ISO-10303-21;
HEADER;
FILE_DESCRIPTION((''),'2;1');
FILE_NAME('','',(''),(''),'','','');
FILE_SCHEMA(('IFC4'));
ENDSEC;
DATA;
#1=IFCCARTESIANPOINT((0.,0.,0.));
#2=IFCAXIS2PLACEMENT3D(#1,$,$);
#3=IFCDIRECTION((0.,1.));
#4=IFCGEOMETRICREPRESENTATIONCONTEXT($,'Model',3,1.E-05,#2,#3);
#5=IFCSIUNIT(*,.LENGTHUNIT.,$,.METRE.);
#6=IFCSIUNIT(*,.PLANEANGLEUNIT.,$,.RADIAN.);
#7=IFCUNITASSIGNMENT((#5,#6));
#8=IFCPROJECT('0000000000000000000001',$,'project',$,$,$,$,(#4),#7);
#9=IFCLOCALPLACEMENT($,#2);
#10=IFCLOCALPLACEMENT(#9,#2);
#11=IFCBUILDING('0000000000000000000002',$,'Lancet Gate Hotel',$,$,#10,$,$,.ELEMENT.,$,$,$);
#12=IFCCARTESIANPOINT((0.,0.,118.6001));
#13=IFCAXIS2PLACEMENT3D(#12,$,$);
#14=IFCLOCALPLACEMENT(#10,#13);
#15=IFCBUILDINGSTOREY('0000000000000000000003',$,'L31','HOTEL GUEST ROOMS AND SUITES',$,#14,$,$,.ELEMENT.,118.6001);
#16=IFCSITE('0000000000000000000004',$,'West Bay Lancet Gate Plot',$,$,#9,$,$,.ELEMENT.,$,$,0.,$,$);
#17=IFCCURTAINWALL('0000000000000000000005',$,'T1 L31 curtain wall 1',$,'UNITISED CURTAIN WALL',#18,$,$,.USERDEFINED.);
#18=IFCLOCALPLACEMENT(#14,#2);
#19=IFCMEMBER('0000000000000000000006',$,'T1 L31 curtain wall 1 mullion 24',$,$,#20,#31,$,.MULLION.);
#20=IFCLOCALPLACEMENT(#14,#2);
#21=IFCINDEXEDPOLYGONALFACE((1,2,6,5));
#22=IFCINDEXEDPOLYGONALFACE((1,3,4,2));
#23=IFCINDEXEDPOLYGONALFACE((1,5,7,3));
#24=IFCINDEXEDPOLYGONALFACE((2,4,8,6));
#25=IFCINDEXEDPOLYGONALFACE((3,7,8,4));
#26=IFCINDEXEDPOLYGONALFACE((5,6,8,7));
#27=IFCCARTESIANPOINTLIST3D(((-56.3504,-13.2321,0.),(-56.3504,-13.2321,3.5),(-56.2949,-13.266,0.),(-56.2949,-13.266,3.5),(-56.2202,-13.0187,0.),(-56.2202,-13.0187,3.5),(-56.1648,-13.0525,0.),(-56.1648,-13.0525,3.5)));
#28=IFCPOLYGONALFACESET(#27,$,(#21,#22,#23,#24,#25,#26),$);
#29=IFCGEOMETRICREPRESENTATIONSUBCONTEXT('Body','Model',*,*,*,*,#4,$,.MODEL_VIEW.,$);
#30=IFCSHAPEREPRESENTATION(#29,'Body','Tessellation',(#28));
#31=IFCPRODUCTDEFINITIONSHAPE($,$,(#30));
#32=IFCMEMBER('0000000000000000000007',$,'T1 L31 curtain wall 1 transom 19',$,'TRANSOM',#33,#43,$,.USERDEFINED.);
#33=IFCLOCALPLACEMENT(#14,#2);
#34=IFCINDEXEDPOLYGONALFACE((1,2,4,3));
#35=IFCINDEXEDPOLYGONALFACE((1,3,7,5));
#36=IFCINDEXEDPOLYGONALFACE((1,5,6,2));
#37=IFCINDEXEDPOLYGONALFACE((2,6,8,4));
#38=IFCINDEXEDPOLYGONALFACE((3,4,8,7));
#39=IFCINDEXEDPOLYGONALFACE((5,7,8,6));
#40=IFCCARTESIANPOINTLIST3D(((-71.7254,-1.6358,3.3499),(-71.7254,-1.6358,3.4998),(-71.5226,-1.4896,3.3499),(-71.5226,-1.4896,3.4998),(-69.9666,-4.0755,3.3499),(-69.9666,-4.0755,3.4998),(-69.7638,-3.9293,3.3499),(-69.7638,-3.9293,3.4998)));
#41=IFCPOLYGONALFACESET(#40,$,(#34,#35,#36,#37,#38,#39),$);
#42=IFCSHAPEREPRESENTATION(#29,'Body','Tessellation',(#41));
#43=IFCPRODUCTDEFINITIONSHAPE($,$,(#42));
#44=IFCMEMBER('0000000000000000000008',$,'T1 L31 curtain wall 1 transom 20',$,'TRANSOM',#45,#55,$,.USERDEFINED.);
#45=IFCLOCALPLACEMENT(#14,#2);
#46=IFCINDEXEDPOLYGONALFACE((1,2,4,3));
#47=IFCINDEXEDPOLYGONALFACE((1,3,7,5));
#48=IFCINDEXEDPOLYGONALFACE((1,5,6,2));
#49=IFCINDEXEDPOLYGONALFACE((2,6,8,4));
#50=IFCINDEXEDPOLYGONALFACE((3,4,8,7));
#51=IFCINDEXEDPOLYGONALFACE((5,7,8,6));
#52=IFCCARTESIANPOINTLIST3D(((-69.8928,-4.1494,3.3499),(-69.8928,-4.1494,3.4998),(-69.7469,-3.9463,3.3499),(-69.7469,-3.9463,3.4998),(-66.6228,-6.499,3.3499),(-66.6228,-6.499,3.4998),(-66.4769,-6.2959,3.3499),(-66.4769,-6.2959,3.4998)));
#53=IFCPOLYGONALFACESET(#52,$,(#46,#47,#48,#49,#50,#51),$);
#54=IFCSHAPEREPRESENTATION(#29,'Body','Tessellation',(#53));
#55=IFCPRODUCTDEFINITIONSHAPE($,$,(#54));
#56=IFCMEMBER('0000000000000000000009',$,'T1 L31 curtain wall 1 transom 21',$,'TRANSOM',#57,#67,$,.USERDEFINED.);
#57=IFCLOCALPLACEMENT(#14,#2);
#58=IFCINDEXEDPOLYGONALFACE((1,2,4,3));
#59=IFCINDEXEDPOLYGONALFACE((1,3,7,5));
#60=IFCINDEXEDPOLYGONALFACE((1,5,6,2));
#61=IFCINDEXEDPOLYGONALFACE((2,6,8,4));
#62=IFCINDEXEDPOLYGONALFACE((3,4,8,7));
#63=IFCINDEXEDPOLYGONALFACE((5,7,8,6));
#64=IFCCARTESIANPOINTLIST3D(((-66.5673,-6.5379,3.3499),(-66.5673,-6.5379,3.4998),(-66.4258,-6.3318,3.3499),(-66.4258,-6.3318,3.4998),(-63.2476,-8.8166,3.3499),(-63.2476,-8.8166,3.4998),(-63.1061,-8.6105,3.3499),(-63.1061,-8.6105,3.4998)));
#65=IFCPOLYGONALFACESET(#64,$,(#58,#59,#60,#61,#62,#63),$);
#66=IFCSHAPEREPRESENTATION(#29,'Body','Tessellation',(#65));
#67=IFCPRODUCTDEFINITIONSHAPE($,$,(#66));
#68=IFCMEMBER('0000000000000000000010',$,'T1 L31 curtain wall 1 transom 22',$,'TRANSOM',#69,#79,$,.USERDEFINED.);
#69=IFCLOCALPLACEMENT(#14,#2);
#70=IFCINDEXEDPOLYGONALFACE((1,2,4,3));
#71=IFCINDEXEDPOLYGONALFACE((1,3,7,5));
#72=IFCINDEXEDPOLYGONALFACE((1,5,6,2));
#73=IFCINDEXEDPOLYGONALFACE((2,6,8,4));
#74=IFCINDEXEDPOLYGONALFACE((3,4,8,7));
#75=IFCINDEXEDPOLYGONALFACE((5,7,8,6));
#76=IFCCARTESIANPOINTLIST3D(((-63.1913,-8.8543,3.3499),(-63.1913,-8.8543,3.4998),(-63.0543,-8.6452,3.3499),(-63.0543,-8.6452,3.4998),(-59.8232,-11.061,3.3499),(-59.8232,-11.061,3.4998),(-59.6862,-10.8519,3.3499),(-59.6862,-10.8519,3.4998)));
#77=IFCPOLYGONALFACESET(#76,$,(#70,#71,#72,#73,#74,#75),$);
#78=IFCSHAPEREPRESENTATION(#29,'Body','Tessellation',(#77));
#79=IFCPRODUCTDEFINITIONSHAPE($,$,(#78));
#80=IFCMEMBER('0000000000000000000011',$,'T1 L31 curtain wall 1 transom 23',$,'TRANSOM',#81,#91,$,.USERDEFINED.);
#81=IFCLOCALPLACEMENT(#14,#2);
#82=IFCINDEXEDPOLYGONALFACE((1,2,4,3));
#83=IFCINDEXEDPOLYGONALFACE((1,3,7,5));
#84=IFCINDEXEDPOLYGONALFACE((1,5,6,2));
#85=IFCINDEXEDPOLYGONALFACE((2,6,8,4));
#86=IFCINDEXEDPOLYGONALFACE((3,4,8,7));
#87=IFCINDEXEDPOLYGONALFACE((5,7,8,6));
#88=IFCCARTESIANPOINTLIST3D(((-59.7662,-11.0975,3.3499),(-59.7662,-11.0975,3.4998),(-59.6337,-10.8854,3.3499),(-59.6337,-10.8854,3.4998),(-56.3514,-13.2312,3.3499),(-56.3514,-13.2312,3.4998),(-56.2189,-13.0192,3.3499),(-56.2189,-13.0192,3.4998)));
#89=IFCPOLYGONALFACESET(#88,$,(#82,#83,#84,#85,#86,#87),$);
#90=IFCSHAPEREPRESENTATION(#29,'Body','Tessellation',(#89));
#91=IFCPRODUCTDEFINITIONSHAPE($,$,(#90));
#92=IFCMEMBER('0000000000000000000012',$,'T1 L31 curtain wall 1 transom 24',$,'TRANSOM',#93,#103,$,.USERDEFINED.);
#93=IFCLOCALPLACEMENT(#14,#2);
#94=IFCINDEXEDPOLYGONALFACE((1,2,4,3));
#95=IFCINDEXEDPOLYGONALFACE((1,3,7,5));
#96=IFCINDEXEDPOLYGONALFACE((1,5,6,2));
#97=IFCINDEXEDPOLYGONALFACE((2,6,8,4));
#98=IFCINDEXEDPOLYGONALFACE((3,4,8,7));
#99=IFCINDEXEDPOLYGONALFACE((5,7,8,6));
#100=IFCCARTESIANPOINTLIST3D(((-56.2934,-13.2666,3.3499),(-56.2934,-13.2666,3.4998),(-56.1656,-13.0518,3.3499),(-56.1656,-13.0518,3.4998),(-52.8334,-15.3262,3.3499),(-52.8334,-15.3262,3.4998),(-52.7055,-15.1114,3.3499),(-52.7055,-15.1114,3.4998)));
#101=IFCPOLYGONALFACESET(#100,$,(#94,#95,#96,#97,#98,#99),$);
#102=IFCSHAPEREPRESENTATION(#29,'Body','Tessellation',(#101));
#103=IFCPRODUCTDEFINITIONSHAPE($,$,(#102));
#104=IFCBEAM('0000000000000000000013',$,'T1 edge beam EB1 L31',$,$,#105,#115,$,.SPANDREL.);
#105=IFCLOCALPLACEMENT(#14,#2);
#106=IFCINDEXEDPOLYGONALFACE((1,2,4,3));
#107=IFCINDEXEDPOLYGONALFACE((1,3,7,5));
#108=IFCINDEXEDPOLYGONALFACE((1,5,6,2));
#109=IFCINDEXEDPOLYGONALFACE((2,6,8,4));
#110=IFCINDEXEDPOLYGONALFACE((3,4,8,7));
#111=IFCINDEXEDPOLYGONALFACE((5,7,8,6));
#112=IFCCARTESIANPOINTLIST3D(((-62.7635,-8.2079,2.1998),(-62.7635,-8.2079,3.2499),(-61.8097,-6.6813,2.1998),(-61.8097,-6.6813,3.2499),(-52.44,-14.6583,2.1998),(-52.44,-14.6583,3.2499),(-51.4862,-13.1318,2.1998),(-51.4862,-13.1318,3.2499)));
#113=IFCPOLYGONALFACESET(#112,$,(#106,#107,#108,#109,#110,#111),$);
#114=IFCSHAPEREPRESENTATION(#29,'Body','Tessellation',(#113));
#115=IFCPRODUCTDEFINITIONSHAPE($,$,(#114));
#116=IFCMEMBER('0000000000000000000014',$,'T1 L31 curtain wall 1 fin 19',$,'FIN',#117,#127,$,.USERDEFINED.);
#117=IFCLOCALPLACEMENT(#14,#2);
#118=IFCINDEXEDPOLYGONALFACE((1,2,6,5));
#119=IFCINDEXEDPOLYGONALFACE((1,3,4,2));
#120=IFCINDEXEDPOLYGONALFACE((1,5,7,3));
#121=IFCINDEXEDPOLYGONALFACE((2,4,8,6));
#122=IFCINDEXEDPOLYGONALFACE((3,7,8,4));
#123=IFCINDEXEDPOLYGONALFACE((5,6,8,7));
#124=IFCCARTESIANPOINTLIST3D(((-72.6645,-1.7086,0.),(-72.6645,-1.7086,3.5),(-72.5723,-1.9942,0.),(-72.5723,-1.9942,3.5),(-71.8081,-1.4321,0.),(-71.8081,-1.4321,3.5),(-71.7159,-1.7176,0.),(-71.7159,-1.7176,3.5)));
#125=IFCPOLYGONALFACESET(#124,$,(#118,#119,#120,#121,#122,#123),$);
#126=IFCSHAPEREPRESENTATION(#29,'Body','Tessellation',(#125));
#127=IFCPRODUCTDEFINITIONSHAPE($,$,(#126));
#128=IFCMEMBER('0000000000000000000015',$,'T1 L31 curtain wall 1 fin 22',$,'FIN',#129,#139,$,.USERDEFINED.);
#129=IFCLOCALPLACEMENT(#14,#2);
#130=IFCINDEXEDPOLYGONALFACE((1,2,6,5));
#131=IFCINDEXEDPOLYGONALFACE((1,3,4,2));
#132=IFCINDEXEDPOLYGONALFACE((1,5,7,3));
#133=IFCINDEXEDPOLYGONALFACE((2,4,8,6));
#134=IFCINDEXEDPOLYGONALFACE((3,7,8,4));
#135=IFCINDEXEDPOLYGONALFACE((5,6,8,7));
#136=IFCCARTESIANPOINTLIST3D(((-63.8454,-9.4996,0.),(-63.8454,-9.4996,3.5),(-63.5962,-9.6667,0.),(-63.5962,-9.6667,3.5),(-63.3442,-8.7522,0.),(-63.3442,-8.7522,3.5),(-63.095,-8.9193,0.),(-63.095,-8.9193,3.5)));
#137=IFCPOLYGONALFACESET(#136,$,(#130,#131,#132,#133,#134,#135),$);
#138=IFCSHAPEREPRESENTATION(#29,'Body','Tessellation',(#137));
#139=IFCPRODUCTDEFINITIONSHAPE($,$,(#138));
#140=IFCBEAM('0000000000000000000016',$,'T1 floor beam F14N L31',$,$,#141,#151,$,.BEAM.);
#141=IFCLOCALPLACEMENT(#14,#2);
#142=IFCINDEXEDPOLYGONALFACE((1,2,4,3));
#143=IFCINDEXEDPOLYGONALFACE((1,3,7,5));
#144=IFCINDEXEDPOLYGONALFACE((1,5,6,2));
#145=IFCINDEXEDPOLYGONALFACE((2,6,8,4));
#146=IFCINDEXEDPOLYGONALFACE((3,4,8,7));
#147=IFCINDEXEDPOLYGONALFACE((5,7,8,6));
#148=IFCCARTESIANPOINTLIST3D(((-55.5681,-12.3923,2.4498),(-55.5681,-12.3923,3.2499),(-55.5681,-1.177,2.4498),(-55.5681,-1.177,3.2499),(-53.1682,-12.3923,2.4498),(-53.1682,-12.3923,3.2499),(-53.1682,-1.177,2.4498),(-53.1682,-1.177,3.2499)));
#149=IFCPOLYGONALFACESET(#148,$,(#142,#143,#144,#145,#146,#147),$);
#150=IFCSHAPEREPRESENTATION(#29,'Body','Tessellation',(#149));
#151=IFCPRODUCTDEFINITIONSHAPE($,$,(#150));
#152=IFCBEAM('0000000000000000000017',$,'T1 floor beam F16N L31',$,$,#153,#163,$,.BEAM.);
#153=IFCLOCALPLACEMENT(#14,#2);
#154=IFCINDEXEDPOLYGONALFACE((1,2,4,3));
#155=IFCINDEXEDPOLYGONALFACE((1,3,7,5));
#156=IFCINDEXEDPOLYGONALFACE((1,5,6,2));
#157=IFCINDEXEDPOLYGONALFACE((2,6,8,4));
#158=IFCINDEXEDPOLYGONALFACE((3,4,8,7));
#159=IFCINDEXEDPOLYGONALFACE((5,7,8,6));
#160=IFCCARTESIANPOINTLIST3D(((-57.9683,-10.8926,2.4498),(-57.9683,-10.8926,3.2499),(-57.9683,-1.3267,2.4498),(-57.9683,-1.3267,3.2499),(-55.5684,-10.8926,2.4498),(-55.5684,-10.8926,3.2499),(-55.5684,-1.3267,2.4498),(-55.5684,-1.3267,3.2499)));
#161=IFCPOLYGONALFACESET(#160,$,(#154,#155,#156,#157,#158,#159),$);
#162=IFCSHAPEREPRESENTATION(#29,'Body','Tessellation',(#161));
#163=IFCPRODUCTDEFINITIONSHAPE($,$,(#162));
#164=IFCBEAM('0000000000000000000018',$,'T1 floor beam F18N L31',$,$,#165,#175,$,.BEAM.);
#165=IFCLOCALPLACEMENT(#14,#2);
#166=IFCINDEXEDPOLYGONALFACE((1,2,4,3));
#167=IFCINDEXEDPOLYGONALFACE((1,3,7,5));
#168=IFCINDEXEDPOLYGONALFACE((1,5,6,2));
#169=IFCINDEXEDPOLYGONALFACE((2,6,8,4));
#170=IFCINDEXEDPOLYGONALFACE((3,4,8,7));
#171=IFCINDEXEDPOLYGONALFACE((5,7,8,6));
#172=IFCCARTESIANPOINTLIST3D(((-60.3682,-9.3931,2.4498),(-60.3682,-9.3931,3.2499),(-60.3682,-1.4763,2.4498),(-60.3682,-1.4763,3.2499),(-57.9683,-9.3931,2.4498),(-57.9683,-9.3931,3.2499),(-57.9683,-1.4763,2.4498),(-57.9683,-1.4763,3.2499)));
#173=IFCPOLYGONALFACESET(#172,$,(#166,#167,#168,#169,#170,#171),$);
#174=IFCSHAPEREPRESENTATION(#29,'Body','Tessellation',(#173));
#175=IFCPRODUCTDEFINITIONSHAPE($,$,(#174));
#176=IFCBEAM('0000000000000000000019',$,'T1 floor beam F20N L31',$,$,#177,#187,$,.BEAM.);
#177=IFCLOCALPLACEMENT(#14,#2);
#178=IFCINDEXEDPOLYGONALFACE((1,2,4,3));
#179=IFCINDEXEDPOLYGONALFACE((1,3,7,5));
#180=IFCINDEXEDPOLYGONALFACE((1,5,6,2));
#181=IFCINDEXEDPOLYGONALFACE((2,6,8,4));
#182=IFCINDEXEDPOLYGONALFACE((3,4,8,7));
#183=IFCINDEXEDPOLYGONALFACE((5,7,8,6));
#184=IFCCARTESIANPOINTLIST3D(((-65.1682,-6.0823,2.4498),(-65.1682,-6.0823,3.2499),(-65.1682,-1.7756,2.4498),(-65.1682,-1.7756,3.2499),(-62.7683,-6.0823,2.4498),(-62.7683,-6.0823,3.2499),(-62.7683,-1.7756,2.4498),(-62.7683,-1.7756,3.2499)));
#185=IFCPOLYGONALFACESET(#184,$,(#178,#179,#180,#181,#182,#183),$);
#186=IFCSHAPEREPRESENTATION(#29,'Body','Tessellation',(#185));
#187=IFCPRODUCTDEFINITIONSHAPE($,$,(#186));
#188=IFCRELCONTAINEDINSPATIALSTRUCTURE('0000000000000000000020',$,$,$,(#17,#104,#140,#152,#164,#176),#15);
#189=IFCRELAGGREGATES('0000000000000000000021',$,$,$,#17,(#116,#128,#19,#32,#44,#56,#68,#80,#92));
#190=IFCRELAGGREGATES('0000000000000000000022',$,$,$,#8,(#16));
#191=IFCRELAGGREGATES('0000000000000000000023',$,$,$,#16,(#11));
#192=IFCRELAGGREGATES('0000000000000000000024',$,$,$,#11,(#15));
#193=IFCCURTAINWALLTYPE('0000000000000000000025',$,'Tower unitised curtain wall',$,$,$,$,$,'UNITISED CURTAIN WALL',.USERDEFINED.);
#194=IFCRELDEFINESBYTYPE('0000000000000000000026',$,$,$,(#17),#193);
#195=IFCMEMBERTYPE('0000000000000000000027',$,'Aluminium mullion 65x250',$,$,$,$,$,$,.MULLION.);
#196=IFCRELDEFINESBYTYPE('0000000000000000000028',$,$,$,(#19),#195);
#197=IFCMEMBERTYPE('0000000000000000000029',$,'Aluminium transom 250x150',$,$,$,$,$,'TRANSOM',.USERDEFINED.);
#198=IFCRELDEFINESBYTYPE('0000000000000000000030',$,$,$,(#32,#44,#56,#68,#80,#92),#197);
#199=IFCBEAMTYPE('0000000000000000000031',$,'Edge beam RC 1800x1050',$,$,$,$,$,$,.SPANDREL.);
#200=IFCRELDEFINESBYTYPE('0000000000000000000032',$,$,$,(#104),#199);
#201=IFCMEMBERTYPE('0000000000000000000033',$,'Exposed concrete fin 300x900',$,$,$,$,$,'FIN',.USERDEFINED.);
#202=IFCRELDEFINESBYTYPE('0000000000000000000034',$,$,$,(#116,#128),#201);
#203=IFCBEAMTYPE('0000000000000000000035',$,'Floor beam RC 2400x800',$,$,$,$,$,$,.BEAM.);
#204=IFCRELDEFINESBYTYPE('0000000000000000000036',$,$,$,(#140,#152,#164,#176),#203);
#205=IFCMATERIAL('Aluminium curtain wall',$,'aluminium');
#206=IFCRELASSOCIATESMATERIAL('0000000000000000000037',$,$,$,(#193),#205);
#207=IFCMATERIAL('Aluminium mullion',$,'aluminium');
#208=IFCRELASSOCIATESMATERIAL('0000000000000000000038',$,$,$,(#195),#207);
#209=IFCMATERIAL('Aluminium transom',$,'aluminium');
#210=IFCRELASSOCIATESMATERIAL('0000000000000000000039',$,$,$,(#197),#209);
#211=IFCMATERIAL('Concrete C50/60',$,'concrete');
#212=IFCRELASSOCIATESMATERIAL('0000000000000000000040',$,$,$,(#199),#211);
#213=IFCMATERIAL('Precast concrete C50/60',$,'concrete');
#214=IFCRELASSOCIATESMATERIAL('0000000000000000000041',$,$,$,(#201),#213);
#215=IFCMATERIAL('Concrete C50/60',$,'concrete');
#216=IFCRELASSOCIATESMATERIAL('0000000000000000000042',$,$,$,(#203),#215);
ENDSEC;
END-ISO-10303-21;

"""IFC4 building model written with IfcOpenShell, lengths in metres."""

from ifc_helpers import new_model, si_unit, direction, frame, origin, origin_2d, place, context, subcontext, project, spatial, rectangle, extrude, material, material_profile, profile_set, type_object, element, aggregate, save


model = new_model("IFC4")

# Units and contexts
model_context = context("Model", 3, precision=1e-05, world=origin(), true_north=direction((0.0, 1.0)))
body_context = subcontext(model_context, "Body", "Model", "MODEL_VIEW")
ifc_project = project(units=[si_unit("LENGTHUNIT", "METRE"), si_unit("PLANEANGLEUNIT", "RADIAN")], contexts=[model_context])

# Site, building, storey
site_placement = place(None, origin())
site = spatial("IfcSite", under=ifc_project, at=site_placement, Name="West Bay Lancet Gate Plot", CompositionType="ELEMENT", RefElevation=0.0)
building_placement = place(site_placement, origin())
building = spatial("IfcBuilding", under=site, at=building_placement, Name="Lancet Gate Hotel", CompositionType="ELEMENT")
storey_placement = place(building_placement, frame((0.0, 0.0, 118.6001)))
storey = spatial("IfcBuildingStorey", under=building, at=storey_placement, Name="L31", Description="HOTEL GUEST ROOMS AND SUITES", CompositionType="ELEMENT", Elevation=118.6001)

# Curtain wall, members
ifc_material_1 = material(Name="Aluminium curtain wall", Category="aluminium")
curtain_wall_type = type_object("IfcCurtainWallType", Name="Tower unitised curtain wall", ElementType="UNITISED CURTAIN WALL", PredefinedType="USERDEFINED", material=ifc_material_1)
curtain_wall_placement = place(storey_placement, origin())
curtain_wall = element("IfcCurtainWall", 1, at=curtain_wall_placement, inside=storey, type_object=curtain_wall_type, Name="T1 L31 curtain wall 1", ObjectType="UNITISED CURTAIN WALL", PredefinedType="USERDEFINED")
ifc_material_2 = material(Name="Aluminium mullion", Category="aluminium")
ifc_material_profile_1 = material_profile(ifc_material_2, rectangle(XDim=0.0649, YDim=0.25, at=origin_2d()), Name="MULLION 65x250")
ifc_profile_set_1 = profile_set([ifc_material_profile_1], Name="Aluminium mullion")
member_type_1 = type_object("IfcMemberType", Name="Aluminium mullion 65x250", PredefinedType="MULLION", material=ifc_profile_set_1)
member_1_placement = place(storey_placement, frame((-56.2576, -13.1423, 0.0), z_axis=(0.0, 0.0, 1.0), x_axis=(0.853716, -0.520739, 0.0)))
member_1 = element("IfcMember", 2, at=member_1_placement, type_object=member_type_1, Name="T1 L31 curtain wall 1 mullion 24", PredefinedType="MULLION", context=body_context, shape_type="SweptSolid", body=[
    extrude(rectangle(XDim=0.0649, YDim=0.25, at=origin_2d()), origin(), (0.0, 0.0, 1.0), 3.5),
])
ifc_material_3 = material(Name="Aluminium transom", Category="aluminium")
ifc_material_profile_2 = material_profile(ifc_material_3, rectangle(XDim=0.25, YDim=0.1499, at=origin_2d()), Name="TRANSOM 250x150")
ifc_profile_set_2 = profile_set([ifc_material_profile_2], Name="Aluminium transom")
member_type_2 = type_object("IfcMemberType", Name="Aluminium transom 250x150", ElementType="TRANSOM", PredefinedType="USERDEFINED", material=ifc_profile_set_2)
member_2_placement = place(storey_placement, frame((-71.624, -1.5627, 3.4248), z_axis=(0.584788, -0.811186, 0.0), x_axis=(0.811186, 0.584788, 0.0)))
member_2 = element("IfcMember", 3, at=member_2_placement, type_object=member_type_2, Name="T1 L31 curtain wall 1 transom 19", ObjectType="TRANSOM", PredefinedType="USERDEFINED", context=body_context, shape_type="SweptSolid", body=[
    extrude(rectangle(XDim=0.25, YDim=0.1499, at=origin_2d()), origin(), (0.0, 0.0, 1.0), 3.0076),
])
member_3_placement = place(storey_placement, frame((-69.8198, -4.0479, 3.4248), z_axis=(0.8121, -0.583519, 0.0), x_axis=(0.583519, 0.8121, 0.0)))
member_3 = element("IfcMember", 4, at=member_3_placement, type_object=member_type_2, Name="T1 L31 curtain wall 1 transom 20", ObjectType="TRANSOM", PredefinedType="USERDEFINED", context=body_context, shape_type="SweptSolid", body=[
    extrude(rectangle(XDim=0.25, YDim=0.1499, at=origin_2d()), origin(), (0.0, 0.0, 1.0), 4.0266),
])
member_4_placement = place(storey_placement, frame((-66.4966, -6.4348, 3.4248), z_axis=(0.824456, -0.565927, 0.0), x_axis=(0.565927, 0.824456, 0.0)))
member_4 = element("IfcMember", 5, at=member_4_placement, type_object=member_type_2, Name="T1 L31 curtain wall 1 transom 21", ObjectType="TRANSOM", PredefinedType="USERDEFINED", context=body_context, shape_type="SweptSolid", body=[
    extrude(rectangle(XDim=0.25, YDim=0.1499, at=origin_2d()), origin(), (0.0, 0.0, 1.0), 4.0266),
])
member_5_placement = place(storey_placement, frame((-63.1228, -8.7498, 3.4248), z_axis=(0.836454, -0.548036, 0.0), x_axis=(0.548036, 0.836454, 0.0)))
member_5 = element("IfcMember", 6, at=member_5_placement, type_object=member_type_2, Name="T1 L31 curtain wall 1 transom 22", ObjectType="TRANSOM", PredefinedType="USERDEFINED", context=body_context, shape_type="SweptSolid", body=[
    extrude(rectangle(XDim=0.25, YDim=0.1499, at=origin_2d()), origin(), (0.0, 0.0, 1.0), 4.0266),
])
member_6_placement = place(storey_placement, frame((-59.7, -10.9915, 3.4248), z_axis=(0.848049, -0.529917, 0.0), x_axis=(0.529917, 0.848049, 0.0)))
member_6 = element("IfcMember", 7, at=member_6_placement, type_object=member_type_2, Name="T1 L31 curtain wall 1 transom 23", ObjectType="TRANSOM", PredefinedType="USERDEFINED", context=body_context, shape_type="SweptSolid", body=[
    extrude(rectangle(XDim=0.25, YDim=0.1499, at=origin_2d()), origin(), (0.0, 0.0, 1.0), 4.0266),
])
member_7_placement = place(storey_placement, frame((-56.2295, -13.1592, 3.4248), z_axis=(0.859285, -0.511497, 0.0), x_axis=(0.511497, 0.859285, 0.0)))
member_7 = element("IfcMember", 8, at=member_7_placement, type_object=member_type_2, Name="T1 L31 curtain wall 1 transom 24", ObjectType="TRANSOM", PredefinedType="USERDEFINED", context=body_context, shape_type="SweptSolid", body=[
    extrude(rectangle(XDim=0.25, YDim=0.1499, at=origin_2d()), origin(), (0.0, 0.0, 1.0), 4.0266),
])

# Beam
ifc_material_4 = material(Name="Concrete C50/60", Category="concrete")
ifc_material_profile_3 = material_profile(ifc_material_4, rectangle(XDim=1.8, YDim=1.05, at=origin_2d()), Name="RC 1800x1050")
ifc_profile_set_3 = profile_set([ifc_material_profile_3], Name="Concrete C50/60")
beam_type_1 = type_object("IfcBeamType", Name="Edge beam RC 1800x1050", PredefinedType="SPANDREL", material=ifc_profile_set_3)
beam_1_placement = place(storey_placement, frame((-62.2866, -7.4446, 2.7249), z_axis=(0.848063, -0.529896, 0.0), x_axis=(0.529896, 0.848063, 0.0)))
element("IfcBeam", 9, at=beam_1_placement, inside=storey, type_object=beam_type_1, Name="T1 edge beam EB1 L31", PredefinedType="SPANDREL", context=body_context, shape_type="SweptSolid", body=[
    extrude(rectangle(XDim=1.8, YDim=1.05, at=origin_2d()), origin(), (0.0, 0.0, 1.0), 12.1731),
])

# Members
ifc_material_5 = material(Name="Precast concrete C50/60", Category="concrete")
ifc_material_profile_4 = material_profile(ifc_material_5, rectangle(XDim=0.3, YDim=0.8999, at=origin_2d()), Name="FIN 300x900")
ifc_profile_set_4 = profile_set([ifc_material_profile_4], Name="Precast concrete C50/60")
member_type_3 = type_object("IfcMemberType", Name="Exposed concrete fin 300x900", ElementType="FIN", PredefinedType="USERDEFINED", material=ifc_profile_set_4)
member_8_placement = place(storey_placement, frame((-72.1902, -1.7131, 0.0), z_axis=(0.0, 0.0, 1.0), x_axis=(0.307269, -0.951623, 0.0)))
member_8 = element("IfcMember", 10, at=member_8_placement, type_object=member_type_3, Name="T1 L31 curtain wall 1 fin 19", ObjectType="FIN", PredefinedType="USERDEFINED", context=body_context, shape_type="SweptSolid", body=[
    extrude(rectangle(XDim=0.3, YDim=0.8999, at=origin_2d()), origin(), (0.0, 0.0, 1.0), 3.5),
])
member_9_placement = place(storey_placement, frame((-63.4702, -9.2095, 0.0), z_axis=(0.0, 0.0, 1.0), x_axis=(0.83051, -0.557004, 0.0)))
member_9 = element("IfcMember", 11, at=member_9_placement, type_object=member_type_3, Name="T1 L31 curtain wall 1 fin 22", ObjectType="FIN", PredefinedType="USERDEFINED", context=body_context, shape_type="SweptSolid", body=[
    extrude(rectangle(XDim=0.3, YDim=0.8999, at=origin_2d()), origin(), (0.0, 0.0, 1.0), 3.5),
])

# Beams
ifc_material_6 = material(Name="Concrete C50/60", Category="concrete")
ifc_material_profile_5 = material_profile(ifc_material_6, rectangle(XDim=2.3999, YDim=0.8, at=origin_2d()), Name="RC 2400x800")
ifc_profile_set_5 = profile_set([ifc_material_profile_5], Name="Concrete C50/60")
beam_type_2 = type_object("IfcBeamType", Name="Floor beam RC 2400x800", PredefinedType="BEAM", material=ifc_profile_set_5)
beam_2_placement = place(storey_placement, frame((-54.3682, -1.177, 2.8499), z_axis=(0.0, -1.0, 0.0), x_axis=(1.0, 0.0, 0.0)))
element("IfcBeam", 12, at=beam_2_placement, inside=storey, type_object=beam_type_2, Name="T1 floor beam F14N L31", PredefinedType="BEAM", context=body_context, shape_type="SweptSolid", body=[
    extrude(rectangle(XDim=2.3999, YDim=0.8, at=origin_2d()), origin(), (0.0, 0.0, 1.0), 11.2153),
])
beam_3_placement = place(storey_placement, frame((-56.7683, -1.3267, 2.8499), z_axis=(0.0, -1.0, 0.0), x_axis=(1.0, 0.0, 0.0)))
element("IfcBeam", 13, at=beam_3_placement, inside=storey, type_object=beam_type_2, Name="T1 floor beam F16N L31", PredefinedType="BEAM", context=body_context, shape_type="SweptSolid", body=[
    extrude(rectangle(XDim=2.3999, YDim=0.8, at=origin_2d()), origin(), (0.0, 0.0, 1.0), 9.5659),
])
beam_4_placement = place(storey_placement, frame((-59.1682, -1.4763, 2.8499), z_axis=(0.0, -1.0, 0.0), x_axis=(1.0, 0.0, 0.0)))
element("IfcBeam", 14, at=beam_4_placement, inside=storey, type_object=beam_type_2, Name="T1 floor beam F18N L31", PredefinedType="BEAM", context=body_context, shape_type="SweptSolid", body=[
    extrude(rectangle(XDim=2.3999, YDim=0.8, at=origin_2d()), origin(), (0.0, 0.0, 1.0), 7.9167),
])
beam_5_placement = place(storey_placement, frame((-63.9683, -1.7756, 2.8499), z_axis=(0.0, -1.0, 0.0), x_axis=(1.0, 0.0, 0.0)))
element("IfcBeam", 15, at=beam_5_placement, inside=storey, type_object=beam_type_2, Name="T1 floor beam F20N L31", PredefinedType="BEAM", context=body_context, shape_type="SweptSolid", body=[
    extrude(rectangle(XDim=2.3999, YDim=0.8, at=origin_2d()), origin(), (0.0, 0.0, 1.0), 4.3066),
])

aggregate(curtain_wall, [member_8, member_9, member_1, member_2, member_3, member_4, member_5, member_6, member_7])

save(model, "model.ifc")
